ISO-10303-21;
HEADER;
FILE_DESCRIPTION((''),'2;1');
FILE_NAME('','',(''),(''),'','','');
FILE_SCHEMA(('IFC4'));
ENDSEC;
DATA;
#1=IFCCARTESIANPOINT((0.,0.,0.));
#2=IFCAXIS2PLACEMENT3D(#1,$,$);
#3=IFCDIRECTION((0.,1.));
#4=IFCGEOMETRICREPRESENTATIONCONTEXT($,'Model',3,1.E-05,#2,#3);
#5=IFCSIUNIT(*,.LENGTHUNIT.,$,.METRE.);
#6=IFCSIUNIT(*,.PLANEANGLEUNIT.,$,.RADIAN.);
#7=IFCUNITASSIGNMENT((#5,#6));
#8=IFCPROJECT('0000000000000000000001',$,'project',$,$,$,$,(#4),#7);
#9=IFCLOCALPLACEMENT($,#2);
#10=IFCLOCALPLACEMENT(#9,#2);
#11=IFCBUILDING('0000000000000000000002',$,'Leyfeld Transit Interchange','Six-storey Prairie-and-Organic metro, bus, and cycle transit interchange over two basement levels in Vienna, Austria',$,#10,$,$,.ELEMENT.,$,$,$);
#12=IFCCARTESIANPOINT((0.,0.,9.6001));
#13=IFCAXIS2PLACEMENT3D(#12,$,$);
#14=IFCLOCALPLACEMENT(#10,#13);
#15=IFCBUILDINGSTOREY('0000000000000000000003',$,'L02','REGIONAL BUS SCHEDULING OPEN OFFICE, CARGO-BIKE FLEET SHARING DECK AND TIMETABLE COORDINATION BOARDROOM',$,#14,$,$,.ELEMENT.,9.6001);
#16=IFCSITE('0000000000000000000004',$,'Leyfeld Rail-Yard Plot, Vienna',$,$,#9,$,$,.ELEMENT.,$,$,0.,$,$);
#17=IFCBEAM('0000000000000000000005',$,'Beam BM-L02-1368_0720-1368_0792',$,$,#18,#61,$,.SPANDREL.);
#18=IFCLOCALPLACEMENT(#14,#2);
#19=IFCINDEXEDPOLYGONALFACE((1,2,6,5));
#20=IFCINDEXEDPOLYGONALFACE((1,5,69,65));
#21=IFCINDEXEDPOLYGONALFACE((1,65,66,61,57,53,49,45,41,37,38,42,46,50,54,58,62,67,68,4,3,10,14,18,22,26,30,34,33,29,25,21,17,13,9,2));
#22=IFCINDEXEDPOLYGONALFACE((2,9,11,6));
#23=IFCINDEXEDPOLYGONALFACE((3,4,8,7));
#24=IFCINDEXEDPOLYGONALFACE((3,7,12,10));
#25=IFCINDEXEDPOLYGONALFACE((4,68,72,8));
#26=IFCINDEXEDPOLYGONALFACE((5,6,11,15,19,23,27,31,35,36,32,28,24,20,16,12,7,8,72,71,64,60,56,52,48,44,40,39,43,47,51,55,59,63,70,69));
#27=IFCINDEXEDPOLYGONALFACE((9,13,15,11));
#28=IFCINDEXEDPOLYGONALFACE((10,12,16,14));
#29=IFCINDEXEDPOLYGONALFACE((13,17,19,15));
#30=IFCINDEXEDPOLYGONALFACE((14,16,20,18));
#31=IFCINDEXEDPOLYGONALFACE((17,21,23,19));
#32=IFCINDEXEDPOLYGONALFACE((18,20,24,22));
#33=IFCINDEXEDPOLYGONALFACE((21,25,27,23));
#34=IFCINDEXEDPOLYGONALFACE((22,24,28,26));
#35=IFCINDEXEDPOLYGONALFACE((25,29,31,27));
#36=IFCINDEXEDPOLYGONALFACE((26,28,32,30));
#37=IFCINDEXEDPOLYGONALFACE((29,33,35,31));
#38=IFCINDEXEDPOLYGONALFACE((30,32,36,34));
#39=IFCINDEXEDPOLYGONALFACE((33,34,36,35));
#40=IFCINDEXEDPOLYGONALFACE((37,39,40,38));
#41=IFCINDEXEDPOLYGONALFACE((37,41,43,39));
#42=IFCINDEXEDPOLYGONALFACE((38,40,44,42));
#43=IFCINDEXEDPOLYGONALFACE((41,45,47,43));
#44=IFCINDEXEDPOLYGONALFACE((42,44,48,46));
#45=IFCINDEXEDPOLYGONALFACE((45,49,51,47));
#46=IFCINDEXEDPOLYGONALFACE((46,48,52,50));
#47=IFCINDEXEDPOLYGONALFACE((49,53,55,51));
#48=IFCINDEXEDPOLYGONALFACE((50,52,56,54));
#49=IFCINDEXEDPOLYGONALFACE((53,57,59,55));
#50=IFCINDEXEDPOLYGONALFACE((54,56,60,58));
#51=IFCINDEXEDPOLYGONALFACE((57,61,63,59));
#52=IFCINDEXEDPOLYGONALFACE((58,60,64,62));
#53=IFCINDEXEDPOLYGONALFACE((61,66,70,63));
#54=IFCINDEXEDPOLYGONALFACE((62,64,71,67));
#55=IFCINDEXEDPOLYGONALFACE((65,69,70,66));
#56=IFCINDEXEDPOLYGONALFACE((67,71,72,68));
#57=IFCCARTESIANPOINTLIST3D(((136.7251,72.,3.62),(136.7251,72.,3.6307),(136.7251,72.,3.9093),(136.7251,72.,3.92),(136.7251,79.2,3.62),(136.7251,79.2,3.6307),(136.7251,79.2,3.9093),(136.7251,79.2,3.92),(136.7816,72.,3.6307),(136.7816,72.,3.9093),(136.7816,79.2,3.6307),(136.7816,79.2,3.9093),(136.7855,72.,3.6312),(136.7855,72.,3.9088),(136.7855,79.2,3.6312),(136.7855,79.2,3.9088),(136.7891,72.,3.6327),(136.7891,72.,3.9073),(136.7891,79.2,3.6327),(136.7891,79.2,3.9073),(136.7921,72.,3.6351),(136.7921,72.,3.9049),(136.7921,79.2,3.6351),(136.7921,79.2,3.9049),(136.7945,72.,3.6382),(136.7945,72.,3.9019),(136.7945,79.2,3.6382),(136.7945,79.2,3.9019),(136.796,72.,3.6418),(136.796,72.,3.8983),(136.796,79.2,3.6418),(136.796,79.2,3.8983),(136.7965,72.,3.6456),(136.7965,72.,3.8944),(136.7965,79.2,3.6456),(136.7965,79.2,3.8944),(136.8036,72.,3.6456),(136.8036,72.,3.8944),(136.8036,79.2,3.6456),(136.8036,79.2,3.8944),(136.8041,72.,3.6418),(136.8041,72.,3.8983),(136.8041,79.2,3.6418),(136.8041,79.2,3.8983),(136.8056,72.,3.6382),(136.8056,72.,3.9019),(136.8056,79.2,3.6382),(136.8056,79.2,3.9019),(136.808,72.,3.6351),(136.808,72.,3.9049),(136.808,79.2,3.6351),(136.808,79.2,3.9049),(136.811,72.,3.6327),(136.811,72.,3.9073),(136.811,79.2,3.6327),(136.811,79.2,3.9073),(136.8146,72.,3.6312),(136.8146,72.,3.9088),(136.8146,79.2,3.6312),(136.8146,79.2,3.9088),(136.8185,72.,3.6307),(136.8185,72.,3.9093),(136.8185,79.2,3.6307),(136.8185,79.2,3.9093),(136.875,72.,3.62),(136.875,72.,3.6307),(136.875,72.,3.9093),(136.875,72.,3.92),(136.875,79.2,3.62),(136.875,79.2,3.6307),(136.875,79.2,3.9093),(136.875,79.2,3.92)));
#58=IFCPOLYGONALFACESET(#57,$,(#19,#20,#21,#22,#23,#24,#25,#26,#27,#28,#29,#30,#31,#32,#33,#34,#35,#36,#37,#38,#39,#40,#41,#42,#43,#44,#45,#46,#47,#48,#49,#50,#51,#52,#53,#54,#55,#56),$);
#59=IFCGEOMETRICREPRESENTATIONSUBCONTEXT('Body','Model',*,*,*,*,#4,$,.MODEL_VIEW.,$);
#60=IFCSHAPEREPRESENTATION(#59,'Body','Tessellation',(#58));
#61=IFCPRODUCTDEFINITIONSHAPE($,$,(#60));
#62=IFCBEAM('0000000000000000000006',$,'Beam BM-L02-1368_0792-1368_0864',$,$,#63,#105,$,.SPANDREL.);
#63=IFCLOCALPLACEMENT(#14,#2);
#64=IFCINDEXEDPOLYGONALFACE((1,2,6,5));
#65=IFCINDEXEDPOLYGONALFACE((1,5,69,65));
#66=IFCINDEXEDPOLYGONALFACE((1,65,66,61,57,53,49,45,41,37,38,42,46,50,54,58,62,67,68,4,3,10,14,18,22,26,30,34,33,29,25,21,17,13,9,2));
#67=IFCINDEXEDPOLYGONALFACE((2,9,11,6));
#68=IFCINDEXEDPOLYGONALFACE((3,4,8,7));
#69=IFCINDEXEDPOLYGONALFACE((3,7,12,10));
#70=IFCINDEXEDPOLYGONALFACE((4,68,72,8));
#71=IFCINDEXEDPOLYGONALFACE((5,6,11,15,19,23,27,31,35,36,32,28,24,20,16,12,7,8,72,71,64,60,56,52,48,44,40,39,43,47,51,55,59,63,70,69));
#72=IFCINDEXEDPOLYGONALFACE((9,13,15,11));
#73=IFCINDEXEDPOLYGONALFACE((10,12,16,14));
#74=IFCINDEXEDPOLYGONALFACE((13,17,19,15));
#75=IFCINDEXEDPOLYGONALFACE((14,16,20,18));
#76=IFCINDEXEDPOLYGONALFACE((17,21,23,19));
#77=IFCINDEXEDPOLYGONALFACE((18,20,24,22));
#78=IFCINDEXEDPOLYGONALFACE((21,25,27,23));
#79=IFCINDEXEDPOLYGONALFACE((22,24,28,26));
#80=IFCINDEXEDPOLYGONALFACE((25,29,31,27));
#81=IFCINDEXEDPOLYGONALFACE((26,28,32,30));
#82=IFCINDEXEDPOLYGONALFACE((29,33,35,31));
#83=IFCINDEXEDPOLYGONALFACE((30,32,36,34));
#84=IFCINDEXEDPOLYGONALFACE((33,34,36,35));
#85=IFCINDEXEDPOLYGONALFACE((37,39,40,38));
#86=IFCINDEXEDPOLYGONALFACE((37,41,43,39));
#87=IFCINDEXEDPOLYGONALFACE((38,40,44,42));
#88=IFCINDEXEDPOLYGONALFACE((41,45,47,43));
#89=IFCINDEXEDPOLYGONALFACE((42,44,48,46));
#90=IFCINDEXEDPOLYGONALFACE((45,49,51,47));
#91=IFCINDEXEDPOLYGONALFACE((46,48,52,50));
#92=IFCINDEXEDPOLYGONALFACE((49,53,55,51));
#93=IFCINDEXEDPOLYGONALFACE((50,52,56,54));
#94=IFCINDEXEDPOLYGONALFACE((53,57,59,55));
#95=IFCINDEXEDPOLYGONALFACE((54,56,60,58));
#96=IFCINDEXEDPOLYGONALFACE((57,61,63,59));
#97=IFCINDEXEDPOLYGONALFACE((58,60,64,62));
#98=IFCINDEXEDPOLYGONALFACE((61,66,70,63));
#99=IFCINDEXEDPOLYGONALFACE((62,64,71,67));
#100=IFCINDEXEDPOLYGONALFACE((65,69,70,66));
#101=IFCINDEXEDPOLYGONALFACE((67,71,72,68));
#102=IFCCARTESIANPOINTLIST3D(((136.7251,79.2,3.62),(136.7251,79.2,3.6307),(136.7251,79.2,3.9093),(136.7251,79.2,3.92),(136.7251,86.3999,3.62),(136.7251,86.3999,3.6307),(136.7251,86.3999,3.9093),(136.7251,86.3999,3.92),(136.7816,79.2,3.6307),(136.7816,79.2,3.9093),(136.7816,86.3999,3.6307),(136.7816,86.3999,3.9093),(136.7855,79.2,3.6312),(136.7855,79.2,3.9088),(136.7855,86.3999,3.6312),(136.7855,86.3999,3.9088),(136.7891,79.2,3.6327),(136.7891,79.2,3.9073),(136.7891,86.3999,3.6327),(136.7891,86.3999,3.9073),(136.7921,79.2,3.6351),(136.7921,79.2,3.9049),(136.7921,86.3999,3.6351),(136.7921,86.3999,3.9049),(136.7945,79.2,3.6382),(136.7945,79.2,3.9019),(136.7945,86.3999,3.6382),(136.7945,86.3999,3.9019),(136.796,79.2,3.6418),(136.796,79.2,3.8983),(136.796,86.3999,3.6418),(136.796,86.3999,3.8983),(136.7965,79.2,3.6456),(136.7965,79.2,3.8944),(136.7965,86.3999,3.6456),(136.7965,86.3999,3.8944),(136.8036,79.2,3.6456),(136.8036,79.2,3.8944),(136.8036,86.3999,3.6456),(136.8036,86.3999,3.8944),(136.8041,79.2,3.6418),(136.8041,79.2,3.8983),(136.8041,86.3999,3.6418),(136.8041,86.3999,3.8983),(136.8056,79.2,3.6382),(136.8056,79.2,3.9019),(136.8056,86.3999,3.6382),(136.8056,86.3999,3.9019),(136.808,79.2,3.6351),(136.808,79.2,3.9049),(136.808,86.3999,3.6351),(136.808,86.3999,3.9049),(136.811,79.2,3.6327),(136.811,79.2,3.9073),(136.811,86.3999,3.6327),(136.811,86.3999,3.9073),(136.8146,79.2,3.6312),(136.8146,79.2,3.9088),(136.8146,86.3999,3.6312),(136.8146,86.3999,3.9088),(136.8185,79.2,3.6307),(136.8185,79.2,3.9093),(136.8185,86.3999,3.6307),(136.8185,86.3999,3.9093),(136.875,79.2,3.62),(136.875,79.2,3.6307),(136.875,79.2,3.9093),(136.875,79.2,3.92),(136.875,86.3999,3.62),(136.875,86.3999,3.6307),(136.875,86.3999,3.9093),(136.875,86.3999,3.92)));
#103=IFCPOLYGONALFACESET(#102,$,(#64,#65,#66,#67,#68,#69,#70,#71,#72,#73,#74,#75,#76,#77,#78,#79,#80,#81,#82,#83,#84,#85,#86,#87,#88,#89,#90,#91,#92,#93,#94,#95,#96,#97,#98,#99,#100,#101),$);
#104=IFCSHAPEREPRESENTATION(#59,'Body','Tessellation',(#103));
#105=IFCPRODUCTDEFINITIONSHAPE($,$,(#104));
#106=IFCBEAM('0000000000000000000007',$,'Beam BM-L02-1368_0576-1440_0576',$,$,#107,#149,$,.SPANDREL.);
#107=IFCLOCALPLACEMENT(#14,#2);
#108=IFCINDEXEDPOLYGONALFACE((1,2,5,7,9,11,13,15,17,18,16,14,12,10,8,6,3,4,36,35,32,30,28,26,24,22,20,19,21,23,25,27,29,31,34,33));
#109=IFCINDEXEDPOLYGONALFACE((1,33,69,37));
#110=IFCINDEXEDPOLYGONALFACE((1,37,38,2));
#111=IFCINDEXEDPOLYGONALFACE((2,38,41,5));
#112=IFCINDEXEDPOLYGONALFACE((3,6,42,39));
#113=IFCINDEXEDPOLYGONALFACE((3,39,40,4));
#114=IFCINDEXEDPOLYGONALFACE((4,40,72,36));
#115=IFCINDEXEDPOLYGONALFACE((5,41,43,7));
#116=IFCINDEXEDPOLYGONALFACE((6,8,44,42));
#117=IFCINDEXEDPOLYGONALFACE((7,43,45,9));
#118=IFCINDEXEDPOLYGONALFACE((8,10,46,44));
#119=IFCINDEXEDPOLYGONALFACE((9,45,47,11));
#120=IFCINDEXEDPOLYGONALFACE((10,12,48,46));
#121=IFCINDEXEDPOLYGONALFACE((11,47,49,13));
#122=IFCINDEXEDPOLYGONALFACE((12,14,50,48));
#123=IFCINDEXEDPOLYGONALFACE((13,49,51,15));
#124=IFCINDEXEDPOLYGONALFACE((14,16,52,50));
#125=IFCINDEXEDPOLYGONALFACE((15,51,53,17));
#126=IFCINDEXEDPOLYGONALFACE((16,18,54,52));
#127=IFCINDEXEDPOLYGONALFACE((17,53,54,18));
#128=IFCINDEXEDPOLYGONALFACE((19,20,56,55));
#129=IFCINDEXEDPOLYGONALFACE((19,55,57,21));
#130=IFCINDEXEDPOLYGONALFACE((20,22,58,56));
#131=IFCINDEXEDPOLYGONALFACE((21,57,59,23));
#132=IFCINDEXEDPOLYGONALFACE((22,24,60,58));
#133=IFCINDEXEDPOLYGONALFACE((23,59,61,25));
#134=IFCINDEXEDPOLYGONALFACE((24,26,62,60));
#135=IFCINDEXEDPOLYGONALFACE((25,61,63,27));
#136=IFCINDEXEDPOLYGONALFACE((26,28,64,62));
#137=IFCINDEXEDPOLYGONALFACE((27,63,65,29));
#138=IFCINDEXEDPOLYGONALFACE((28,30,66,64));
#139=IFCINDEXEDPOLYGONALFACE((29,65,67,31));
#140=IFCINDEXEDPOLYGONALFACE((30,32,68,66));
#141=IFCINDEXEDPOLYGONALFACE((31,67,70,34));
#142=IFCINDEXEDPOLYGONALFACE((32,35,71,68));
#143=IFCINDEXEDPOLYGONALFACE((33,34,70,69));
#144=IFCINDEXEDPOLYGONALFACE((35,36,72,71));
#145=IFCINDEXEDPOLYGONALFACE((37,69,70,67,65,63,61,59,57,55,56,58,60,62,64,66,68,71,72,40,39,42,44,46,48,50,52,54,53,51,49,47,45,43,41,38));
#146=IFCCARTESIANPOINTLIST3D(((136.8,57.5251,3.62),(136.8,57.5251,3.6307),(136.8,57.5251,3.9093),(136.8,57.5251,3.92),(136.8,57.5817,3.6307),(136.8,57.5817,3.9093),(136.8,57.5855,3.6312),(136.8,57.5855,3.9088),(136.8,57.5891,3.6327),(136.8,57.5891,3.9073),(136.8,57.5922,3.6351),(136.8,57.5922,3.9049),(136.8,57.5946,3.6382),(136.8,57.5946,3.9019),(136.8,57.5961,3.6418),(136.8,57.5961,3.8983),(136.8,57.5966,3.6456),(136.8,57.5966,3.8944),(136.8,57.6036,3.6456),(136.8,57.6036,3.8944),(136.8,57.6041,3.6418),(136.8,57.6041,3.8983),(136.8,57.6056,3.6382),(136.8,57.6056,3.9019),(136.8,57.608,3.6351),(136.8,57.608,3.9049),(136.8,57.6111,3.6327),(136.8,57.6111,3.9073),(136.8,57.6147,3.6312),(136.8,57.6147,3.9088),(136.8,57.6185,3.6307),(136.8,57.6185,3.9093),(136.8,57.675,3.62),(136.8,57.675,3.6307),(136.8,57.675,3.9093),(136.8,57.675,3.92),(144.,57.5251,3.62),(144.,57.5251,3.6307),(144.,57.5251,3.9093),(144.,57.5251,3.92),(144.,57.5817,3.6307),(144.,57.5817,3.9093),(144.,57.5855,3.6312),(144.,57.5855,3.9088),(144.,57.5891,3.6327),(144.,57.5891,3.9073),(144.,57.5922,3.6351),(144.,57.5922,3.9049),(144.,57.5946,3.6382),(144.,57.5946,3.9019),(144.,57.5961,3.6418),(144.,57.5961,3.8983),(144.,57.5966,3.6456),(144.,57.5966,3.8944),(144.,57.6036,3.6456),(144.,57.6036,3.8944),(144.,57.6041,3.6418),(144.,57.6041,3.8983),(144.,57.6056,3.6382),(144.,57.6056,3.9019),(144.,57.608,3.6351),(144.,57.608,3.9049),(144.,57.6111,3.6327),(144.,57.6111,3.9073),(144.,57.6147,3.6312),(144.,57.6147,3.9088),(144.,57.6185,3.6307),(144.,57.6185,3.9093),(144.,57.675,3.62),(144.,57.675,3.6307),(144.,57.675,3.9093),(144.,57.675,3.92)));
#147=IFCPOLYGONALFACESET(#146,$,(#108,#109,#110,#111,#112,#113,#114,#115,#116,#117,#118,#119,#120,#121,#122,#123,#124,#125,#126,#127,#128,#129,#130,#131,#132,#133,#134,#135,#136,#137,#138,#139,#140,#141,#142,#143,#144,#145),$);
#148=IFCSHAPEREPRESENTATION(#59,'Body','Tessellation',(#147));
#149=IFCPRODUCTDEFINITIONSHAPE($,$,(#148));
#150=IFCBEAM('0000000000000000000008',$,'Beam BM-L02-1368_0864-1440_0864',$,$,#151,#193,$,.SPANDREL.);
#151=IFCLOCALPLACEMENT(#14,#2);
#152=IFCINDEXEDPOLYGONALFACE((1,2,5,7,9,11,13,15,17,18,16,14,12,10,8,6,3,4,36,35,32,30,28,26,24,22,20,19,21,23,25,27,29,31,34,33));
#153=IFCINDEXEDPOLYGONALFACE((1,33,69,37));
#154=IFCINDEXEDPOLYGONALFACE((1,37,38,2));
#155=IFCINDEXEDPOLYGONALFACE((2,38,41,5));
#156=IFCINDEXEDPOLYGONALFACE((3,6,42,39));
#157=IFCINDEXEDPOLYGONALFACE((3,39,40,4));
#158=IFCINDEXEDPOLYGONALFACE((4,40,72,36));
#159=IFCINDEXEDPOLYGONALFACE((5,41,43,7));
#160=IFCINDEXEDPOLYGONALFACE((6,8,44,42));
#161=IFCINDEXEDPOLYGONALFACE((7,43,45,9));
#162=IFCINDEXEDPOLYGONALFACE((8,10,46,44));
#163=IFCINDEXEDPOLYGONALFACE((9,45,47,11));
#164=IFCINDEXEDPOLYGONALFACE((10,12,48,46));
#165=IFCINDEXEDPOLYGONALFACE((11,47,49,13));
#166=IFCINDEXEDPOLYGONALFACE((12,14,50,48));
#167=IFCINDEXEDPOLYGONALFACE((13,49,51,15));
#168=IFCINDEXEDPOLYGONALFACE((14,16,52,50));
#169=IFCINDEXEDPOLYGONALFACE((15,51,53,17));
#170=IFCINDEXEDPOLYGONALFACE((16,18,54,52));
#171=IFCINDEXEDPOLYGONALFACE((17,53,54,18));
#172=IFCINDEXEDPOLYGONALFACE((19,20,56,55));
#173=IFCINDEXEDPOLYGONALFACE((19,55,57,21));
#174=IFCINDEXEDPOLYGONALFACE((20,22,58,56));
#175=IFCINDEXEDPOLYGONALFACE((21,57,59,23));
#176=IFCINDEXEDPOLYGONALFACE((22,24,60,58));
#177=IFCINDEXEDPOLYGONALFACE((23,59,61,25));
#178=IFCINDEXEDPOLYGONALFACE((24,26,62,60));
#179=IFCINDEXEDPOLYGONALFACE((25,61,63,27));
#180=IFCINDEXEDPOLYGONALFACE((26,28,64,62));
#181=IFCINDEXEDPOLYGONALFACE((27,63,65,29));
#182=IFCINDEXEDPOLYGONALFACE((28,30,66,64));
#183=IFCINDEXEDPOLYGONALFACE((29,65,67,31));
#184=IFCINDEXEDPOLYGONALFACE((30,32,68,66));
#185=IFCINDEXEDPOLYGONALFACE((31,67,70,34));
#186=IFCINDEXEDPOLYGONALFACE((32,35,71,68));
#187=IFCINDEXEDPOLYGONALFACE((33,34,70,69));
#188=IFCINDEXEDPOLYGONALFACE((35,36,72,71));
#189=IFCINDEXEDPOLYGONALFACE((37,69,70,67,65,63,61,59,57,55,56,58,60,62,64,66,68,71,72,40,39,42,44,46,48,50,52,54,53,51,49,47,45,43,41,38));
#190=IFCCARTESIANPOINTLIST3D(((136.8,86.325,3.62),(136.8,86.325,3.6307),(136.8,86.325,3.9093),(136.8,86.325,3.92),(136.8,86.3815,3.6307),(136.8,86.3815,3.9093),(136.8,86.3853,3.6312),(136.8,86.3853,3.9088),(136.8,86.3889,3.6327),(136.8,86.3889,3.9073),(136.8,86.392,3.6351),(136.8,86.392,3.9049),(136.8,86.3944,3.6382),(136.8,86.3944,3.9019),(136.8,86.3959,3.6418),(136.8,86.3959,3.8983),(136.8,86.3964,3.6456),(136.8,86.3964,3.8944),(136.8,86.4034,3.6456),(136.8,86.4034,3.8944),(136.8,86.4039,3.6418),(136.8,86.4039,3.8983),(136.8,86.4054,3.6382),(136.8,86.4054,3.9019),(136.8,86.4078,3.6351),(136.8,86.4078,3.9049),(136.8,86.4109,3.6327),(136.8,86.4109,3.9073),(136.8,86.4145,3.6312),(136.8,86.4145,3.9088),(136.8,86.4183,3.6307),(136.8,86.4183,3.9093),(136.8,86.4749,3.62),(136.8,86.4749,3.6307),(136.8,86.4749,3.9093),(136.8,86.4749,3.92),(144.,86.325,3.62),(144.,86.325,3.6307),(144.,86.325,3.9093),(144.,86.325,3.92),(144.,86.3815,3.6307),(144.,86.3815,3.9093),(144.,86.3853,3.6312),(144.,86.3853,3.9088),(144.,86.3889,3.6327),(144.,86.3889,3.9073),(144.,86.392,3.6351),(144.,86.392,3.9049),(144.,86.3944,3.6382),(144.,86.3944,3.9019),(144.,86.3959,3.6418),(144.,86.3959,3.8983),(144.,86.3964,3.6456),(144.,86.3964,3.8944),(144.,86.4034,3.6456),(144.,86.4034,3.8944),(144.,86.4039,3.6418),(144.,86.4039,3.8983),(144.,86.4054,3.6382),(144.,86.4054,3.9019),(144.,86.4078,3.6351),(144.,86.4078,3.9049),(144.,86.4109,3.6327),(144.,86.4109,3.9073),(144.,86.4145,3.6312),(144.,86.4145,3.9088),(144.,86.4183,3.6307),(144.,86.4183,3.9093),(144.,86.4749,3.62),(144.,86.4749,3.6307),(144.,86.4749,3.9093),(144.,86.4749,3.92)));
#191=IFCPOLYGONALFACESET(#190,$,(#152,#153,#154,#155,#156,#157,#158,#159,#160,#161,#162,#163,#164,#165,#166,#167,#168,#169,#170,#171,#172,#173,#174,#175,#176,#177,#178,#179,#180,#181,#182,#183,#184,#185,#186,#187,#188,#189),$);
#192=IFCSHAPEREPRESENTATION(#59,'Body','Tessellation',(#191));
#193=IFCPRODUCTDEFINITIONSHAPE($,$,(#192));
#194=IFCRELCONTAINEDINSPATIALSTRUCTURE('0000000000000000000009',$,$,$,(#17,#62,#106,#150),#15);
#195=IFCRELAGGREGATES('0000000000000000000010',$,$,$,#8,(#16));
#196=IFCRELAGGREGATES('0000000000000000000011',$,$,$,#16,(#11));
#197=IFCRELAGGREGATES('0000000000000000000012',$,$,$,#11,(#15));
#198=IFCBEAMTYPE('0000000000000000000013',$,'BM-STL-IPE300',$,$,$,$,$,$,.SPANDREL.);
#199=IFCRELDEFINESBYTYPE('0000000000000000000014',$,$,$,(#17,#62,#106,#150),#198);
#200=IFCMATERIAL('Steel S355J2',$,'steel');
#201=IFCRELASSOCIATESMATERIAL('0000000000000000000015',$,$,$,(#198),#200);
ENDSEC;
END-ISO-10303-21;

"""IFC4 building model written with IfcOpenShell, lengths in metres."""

from ifc_helpers import new_model, si_unit, direction, frame, origin, origin_2d, place, context, subcontext, project, spatial, i_section, extrude, material, material_profile, profile_set, type_object, element, save


model = new_model("IFC4")

# Units and contexts
model_context = context("Model", 3, precision=1e-05, world=origin(), true_north=direction((0.0, 1.0)))
body_context = subcontext(model_context, "Body", "Model", "MODEL_VIEW")
ifc_project = project(units=[si_unit("LENGTHUNIT", "METRE"), si_unit("PLANEANGLEUNIT", "RADIAN")], contexts=[model_context])

# Site, building, storey
site_placement = place(None, origin())
site = spatial("IfcSite", under=ifc_project, at=site_placement, Name="Leyfeld Rail-Yard Plot, Vienna", CompositionType="ELEMENT", RefElevation=0.0)
building_placement = place(site_placement, origin())
building = spatial("IfcBuilding", under=site, at=building_placement, Name="Leyfeld Transit Interchange", Description="Six-storey Prairie-and-Organic metro, bus, and cycle transit interchange over two basement levels in Vienna, Austria", CompositionType="ELEMENT")
storey_placement = place(building_placement, frame((0.0, 0.0, 9.6001)))
storey = spatial("IfcBuildingStorey", under=building, at=storey_placement, Name="L02", Description="REGIONAL BUS SCHEDULING OPEN OFFICE, CARGO-BIKE FLEET SHARING DECK AND TIMETABLE COORDINATION BOARDROOM", CompositionType="ELEMENT", Elevation=9.6001)

# Beams
ifc_material_1 = material(Name="Steel S355J2", Category="steel")
ifc_material_profile_1 = material_profile(ifc_material_1, i_section(OverallWidth=0.1499, OverallDepth=0.3, WebThickness=0.0071, FlangeThickness=0.0107, FilletRadius=0.0149, at=origin_2d()), Name="IPE 300")
ifc_profile_set_1 = profile_set([ifc_material_profile_1], Name="Steel S355J2")
beam_type_1 = type_object("IfcBeamType", Name="BM-STL-IPE300", PredefinedType="SPANDREL", material=ifc_profile_set_1)
for number, where, z_axis, x_axis, name in (
    (1, (136.8, 72.0, 3.77), (0.0, 1.0, 0.0), (-1.0, 0.0, 0.0), "Beam BM-L02-1368_0720-1368_0792"),
    (2, (136.8, 79.2, 3.77), (0.0, 1.0, 0.0), (-1.0, 0.0, 0.0), "Beam BM-L02-1368_0792-1368_0864"),
    (3, (136.8, 57.6001, 3.77), (1.0, 0.0, 0.0), (0.0, 1.0, 0.0), "Beam BM-L02-1368_0576-1440_0576"),
    (4, (136.8, 86.3999, 3.77), (1.0, 0.0, 0.0), (0.0, 1.0, 0.0), "Beam BM-L02-1368_0864-1440_0864"),
):
    element("IfcBeam", number, at=place(storey_placement, frame(where, z_axis=z_axis, x_axis=x_axis)), inside=storey, type_object=beam_type_1, Name=name, PredefinedType="SPANDREL", context=body_context, shape_type="SweptSolid", body=[
        extrude(i_section(OverallWidth=0.1499, OverallDepth=0.3, WebThickness=0.0071, FlangeThickness=0.0107, FilletRadius=0.0149, at=origin_2d()), origin(), (0.0, 0.0, 1.0), 7.2),
    ])

save(model, "model.ifc")
